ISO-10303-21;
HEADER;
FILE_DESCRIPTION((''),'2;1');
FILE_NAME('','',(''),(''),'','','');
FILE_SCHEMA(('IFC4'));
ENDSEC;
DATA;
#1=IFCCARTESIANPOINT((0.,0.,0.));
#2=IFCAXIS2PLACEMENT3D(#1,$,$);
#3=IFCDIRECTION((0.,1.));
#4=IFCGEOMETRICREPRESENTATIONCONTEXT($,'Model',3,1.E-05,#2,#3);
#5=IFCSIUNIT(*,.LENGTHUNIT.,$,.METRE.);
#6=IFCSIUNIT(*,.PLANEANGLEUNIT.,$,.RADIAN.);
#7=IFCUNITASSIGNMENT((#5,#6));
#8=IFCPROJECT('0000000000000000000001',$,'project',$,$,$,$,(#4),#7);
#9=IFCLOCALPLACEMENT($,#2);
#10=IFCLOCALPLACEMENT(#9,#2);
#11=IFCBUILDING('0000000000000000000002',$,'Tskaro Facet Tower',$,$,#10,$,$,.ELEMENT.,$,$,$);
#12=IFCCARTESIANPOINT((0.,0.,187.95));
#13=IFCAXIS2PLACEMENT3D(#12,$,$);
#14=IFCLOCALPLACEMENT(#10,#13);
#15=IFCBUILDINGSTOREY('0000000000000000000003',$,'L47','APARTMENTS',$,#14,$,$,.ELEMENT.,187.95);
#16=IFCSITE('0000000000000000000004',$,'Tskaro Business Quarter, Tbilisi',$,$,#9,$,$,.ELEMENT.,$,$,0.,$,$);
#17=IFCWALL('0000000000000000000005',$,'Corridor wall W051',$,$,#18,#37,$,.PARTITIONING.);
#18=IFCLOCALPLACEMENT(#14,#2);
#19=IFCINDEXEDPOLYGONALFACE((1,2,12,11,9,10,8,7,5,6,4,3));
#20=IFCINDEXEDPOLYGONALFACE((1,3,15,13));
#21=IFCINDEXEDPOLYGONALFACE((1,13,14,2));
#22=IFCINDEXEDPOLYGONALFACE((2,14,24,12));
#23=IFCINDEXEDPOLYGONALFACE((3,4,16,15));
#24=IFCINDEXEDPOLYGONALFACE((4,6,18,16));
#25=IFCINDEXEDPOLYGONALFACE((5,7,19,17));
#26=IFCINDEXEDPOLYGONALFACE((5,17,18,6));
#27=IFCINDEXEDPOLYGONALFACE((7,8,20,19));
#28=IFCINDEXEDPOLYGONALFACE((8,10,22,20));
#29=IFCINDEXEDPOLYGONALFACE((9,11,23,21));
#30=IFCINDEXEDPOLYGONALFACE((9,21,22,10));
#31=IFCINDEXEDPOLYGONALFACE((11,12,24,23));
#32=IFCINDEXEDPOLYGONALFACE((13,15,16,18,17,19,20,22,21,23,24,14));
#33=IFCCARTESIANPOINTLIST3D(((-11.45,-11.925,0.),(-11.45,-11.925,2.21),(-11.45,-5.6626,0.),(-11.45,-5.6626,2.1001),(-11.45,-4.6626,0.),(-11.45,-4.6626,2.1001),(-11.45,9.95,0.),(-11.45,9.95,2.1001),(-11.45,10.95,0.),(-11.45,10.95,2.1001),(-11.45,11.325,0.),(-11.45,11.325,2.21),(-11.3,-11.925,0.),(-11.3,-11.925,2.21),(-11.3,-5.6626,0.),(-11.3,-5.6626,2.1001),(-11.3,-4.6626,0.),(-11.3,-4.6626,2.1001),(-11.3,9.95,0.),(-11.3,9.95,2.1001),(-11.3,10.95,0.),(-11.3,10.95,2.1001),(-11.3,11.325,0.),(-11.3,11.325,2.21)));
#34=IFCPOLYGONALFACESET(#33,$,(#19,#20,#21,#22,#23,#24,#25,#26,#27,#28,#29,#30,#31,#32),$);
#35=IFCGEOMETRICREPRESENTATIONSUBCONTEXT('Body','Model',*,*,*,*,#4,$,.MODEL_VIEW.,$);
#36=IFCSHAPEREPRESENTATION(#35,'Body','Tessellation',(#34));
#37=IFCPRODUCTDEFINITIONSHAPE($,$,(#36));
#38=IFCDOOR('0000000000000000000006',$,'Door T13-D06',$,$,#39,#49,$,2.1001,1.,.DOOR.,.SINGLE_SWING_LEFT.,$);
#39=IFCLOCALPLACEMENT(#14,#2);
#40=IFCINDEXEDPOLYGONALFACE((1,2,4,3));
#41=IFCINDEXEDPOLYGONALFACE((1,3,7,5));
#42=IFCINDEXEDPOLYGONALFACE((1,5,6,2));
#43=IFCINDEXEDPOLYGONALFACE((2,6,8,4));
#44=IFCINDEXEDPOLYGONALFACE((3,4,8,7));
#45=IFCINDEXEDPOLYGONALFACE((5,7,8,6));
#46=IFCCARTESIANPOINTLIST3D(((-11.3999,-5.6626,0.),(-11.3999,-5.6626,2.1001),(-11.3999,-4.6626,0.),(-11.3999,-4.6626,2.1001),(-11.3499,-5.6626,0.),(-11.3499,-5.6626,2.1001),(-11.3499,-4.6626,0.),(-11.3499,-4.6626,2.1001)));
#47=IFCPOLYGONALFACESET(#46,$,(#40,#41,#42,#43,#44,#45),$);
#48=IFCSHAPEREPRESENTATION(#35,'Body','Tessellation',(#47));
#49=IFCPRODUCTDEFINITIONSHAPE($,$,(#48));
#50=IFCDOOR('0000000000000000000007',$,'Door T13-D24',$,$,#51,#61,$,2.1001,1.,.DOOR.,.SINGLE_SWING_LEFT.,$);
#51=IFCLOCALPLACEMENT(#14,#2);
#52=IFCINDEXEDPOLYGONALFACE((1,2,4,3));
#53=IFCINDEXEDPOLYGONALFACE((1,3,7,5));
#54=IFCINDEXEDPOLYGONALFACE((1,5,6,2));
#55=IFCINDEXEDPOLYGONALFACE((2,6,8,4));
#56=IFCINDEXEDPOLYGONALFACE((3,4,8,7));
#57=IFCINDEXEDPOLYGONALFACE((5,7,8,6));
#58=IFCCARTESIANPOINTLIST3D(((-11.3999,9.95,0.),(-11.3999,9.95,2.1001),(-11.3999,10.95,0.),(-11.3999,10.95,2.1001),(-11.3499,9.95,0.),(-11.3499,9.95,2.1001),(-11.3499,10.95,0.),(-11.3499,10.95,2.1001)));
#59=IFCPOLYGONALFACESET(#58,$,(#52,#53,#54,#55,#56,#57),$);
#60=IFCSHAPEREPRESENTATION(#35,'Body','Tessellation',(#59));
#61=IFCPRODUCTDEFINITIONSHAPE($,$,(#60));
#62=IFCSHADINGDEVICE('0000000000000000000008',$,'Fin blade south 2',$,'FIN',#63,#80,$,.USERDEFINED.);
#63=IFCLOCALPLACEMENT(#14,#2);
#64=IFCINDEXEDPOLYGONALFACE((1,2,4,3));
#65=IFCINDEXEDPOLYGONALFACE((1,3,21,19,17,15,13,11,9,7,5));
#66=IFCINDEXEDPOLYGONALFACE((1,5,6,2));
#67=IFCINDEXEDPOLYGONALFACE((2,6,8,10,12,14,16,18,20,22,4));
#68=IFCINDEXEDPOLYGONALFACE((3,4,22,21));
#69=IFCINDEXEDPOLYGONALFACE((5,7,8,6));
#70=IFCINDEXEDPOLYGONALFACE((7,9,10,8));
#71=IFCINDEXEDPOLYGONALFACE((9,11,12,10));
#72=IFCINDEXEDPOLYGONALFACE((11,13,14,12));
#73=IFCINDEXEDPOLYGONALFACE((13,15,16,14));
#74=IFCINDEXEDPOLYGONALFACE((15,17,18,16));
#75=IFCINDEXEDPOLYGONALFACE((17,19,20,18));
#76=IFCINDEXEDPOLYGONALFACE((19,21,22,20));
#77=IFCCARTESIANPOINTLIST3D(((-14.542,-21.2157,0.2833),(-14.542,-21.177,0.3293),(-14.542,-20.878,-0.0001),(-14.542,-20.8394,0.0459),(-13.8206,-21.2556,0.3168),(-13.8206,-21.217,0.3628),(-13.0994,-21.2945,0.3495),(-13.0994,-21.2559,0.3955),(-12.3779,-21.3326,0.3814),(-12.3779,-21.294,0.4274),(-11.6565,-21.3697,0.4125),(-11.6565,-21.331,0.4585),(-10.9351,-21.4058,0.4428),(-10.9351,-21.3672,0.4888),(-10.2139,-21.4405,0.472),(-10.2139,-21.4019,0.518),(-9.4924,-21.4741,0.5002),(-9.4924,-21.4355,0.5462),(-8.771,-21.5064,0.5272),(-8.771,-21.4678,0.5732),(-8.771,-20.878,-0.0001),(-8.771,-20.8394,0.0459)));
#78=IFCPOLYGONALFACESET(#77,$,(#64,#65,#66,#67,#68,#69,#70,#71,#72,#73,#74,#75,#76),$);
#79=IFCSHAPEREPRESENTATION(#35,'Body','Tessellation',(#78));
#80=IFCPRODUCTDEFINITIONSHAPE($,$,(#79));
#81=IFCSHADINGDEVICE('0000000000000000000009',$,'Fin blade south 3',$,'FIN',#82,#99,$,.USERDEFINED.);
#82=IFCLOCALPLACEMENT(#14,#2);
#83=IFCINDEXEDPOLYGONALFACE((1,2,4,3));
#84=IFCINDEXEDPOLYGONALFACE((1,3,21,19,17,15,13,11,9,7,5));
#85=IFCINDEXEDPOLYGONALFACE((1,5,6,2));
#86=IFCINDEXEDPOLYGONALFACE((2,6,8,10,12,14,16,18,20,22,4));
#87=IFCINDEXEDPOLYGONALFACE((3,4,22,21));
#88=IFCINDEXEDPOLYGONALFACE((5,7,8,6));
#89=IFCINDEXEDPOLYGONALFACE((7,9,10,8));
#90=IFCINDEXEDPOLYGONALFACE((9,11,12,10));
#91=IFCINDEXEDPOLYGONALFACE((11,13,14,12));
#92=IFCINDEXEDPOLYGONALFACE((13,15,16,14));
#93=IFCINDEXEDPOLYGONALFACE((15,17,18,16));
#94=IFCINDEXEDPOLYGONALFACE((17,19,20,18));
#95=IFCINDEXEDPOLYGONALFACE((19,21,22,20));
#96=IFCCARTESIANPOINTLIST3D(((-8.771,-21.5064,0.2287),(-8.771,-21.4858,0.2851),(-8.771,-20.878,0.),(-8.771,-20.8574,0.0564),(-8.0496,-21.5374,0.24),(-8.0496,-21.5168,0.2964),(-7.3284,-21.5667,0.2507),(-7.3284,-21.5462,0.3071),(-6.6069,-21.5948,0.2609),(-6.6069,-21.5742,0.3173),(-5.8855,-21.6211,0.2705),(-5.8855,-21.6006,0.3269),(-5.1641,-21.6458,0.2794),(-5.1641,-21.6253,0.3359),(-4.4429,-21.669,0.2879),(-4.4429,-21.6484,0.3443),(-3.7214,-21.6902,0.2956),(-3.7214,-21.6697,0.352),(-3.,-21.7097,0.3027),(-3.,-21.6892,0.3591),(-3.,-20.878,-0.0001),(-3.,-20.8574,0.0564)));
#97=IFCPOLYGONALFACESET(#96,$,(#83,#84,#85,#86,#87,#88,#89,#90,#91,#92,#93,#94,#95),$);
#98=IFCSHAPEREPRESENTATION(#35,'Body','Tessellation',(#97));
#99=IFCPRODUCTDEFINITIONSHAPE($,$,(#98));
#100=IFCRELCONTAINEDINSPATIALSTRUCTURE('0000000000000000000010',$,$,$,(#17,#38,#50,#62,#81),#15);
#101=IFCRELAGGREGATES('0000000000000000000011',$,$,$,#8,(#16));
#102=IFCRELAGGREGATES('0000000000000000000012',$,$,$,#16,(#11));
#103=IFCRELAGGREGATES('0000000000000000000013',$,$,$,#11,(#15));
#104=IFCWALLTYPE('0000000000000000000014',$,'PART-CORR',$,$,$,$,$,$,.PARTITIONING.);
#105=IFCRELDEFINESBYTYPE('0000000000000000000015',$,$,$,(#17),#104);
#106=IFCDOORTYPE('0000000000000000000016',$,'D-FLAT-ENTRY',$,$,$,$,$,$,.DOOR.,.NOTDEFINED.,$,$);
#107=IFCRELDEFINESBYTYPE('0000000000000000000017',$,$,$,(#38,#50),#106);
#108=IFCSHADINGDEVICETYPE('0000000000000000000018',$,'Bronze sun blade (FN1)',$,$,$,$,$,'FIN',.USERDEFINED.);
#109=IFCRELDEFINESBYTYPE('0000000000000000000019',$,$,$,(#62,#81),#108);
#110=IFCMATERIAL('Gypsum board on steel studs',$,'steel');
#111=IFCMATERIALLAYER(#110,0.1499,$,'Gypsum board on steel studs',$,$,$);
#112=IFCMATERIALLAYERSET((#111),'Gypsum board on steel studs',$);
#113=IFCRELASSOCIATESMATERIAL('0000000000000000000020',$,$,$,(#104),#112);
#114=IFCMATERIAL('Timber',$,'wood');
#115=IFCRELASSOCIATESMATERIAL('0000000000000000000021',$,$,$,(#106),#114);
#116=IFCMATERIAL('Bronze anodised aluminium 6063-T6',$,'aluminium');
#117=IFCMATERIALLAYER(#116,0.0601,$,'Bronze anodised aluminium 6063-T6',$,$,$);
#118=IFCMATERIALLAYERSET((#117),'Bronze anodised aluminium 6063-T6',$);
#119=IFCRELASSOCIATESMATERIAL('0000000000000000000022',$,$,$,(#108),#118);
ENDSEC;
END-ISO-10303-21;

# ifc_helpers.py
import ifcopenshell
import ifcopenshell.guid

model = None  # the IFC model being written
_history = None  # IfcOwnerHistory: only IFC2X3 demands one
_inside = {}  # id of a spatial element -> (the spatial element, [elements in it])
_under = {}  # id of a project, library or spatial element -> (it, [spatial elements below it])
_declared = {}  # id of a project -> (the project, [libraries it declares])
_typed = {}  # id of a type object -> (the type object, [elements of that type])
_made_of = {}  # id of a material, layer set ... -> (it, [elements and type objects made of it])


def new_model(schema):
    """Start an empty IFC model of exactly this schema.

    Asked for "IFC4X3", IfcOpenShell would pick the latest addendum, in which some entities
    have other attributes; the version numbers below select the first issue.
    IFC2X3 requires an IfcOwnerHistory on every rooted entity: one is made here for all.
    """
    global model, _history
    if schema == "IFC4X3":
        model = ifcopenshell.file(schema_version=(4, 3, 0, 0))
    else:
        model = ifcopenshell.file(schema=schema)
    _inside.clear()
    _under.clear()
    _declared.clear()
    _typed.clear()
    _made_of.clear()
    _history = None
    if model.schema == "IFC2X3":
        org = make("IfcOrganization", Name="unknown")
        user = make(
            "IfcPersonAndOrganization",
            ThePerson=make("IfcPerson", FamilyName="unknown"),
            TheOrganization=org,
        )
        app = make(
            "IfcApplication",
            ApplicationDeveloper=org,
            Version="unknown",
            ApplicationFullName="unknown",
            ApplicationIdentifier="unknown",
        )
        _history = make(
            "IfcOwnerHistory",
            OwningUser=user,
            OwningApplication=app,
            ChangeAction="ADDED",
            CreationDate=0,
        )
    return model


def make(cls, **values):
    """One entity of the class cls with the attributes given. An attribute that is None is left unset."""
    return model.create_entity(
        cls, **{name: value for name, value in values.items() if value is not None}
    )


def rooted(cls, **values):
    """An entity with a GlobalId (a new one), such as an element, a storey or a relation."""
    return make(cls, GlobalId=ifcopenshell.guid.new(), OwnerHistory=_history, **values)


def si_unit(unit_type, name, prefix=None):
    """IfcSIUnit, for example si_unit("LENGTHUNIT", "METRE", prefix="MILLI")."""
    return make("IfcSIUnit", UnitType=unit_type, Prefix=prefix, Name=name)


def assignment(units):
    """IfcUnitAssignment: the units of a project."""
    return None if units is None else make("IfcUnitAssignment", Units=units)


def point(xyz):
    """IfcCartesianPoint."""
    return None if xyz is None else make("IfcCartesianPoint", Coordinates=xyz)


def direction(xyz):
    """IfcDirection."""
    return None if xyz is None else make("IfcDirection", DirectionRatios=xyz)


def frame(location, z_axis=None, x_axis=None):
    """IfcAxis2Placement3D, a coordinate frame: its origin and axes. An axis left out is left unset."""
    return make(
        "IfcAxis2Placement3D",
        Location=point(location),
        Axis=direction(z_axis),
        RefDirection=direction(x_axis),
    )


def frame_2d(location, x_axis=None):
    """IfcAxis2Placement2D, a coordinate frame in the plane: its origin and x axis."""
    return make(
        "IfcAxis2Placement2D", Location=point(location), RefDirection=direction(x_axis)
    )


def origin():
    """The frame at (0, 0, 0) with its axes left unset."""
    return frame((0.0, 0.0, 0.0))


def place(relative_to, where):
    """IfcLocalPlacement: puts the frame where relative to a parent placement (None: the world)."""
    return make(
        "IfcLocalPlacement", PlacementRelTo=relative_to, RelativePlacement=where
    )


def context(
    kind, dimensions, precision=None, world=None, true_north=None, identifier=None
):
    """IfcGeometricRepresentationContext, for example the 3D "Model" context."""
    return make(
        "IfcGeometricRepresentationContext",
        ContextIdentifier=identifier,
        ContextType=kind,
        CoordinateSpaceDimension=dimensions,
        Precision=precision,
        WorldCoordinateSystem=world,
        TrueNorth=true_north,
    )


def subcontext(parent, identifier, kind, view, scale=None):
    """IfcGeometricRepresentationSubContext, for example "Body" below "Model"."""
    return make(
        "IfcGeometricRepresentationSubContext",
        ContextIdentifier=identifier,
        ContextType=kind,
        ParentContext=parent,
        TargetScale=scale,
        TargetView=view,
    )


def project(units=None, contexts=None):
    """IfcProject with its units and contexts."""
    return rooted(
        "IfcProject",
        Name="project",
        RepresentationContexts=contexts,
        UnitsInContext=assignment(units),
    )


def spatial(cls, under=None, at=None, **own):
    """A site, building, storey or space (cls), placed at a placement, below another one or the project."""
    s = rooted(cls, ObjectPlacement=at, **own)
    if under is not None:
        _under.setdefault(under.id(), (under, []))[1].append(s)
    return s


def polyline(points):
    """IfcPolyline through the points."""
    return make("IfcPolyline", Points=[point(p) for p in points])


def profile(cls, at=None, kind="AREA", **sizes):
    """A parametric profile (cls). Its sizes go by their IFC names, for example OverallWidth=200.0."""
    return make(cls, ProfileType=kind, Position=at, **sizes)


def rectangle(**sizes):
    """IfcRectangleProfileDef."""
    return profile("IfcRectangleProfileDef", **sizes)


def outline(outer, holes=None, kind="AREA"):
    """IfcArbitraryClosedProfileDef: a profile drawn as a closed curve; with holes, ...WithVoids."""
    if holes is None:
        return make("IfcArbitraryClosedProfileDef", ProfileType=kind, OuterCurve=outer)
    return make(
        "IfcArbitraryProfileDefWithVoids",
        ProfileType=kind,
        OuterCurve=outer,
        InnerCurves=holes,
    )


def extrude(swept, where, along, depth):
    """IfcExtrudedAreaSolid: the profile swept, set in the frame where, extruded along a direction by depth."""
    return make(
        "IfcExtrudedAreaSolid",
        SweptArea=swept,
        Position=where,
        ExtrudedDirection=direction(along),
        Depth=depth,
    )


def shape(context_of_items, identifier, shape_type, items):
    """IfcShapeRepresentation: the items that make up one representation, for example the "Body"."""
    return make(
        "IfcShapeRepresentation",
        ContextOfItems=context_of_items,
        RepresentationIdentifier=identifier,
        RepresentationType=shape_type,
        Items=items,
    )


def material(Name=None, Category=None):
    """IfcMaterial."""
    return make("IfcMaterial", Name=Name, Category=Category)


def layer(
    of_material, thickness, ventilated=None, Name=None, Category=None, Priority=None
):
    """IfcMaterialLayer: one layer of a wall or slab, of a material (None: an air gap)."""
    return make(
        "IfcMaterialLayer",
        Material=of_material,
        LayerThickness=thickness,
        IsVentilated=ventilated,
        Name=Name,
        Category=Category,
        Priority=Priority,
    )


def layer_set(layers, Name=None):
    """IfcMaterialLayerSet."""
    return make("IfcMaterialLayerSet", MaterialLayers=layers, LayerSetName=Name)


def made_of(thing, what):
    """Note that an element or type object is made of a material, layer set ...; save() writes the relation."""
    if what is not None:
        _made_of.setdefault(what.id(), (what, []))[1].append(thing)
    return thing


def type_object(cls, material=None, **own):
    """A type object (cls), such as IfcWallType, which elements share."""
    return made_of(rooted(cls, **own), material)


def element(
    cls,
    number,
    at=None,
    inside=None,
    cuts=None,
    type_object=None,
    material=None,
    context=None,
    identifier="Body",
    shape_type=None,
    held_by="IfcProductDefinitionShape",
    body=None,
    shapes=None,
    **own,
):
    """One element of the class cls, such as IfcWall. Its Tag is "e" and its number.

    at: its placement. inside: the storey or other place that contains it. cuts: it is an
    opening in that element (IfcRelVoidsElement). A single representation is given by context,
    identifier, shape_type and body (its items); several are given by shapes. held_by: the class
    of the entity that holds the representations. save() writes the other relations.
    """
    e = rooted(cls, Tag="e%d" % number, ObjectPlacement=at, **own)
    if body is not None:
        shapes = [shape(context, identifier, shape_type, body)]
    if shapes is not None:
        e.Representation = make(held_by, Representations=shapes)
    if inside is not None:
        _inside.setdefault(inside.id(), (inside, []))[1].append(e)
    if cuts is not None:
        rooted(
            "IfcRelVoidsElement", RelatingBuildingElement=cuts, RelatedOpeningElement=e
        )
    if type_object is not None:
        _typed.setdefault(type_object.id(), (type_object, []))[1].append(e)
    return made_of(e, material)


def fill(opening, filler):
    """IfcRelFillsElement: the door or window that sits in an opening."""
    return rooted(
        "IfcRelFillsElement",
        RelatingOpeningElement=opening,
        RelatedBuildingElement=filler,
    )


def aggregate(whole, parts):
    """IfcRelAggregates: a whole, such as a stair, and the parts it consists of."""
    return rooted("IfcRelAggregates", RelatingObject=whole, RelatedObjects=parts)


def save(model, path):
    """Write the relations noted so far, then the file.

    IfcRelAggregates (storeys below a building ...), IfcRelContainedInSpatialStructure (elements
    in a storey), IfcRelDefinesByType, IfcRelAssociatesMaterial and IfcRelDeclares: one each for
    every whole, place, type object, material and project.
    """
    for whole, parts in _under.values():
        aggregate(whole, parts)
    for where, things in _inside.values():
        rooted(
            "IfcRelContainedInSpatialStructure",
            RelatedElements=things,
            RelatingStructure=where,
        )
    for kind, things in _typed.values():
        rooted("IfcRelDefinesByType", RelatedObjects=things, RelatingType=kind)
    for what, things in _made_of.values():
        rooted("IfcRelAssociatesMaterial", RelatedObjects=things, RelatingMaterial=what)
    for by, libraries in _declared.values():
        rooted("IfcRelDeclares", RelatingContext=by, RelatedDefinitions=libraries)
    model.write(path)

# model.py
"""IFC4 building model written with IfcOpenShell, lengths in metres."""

from ifc_helpers import new_model, si_unit, direction, frame, frame_2d, origin, place, context, subcontext, project, spatial, polyline, rectangle, outline, extrude, material, layer, layer_set, type_object, element, fill, save


model = new_model("IFC4")

# Units and contexts
model_context = context("Model", 3, precision=1e-05, world=origin(), true_north=direction((0.0, 1.0)))
body_context = subcontext(model_context, "Body", "Model", "MODEL_VIEW")
ifc_project = project(units=[si_unit("LENGTHUNIT", "METRE"), si_unit("PLANEANGLEUNIT", "RADIAN")], contexts=[model_context])

# Site, building, storey
site_placement = place(None, origin())
site = spatial("IfcSite", under=ifc_project, at=site_placement, Name="Tskaro Business Quarter, Tbilisi", CompositionType="ELEMENT", RefElevation=0.0)
building_placement = place(site_placement, origin())
building = spatial("IfcBuilding", under=site, at=building_placement, Name="Tskaro Facet Tower", CompositionType="ELEMENT")
storey_placement = place(building_placement, frame((0.0, 0.0, 187.95)))
storey = spatial("IfcBuildingStorey", under=building, at=storey_placement, Name="L47", Description="APARTMENTS", CompositionType="ELEMENT", Elevation=187.95)

# Shared definitions
ifc_material_1 = material(Name="Bronze anodised aluminium 6063-T6", Category="aluminium")

# Shared definitions
ifc_material_2 = material(Name="Gypsum board on steel studs", Category="steel")
ifc_material_3 = material(Name="Timber", Category="wood")

# Shared definitions
ifc_layer_1 = layer(ifc_material_2, 0.1499, Name="Gypsum board on steel studs")
ifc_layer_set_1 = layer_set([ifc_layer_1], Name="Gypsum board on steel studs")
wall_type_1 = type_object("IfcWallType", Name="PART-CORR", PredefinedType="PARTITIONING", material=ifc_layer_set_1)

# Wall, openings, doors
wall_1_placement = place(storey_placement, frame((-11.375, -11.925, 0.0), z_axis=(0.0, 0.0, 1.0), x_axis=(0.0, 1.0, 0.0)))
wall_1 = element("IfcWall", 1, at=wall_1_placement, inside=storey, type_object=wall_type_1, Name="Corridor wall W051", PredefinedType="PARTITIONING", context=body_context, shape_type="SweptSolid", body=[
    extrude(rectangle(XDim=23.25, YDim=0.1499, at=frame_2d((11.625, 0.0))), origin(), (0.0, 0.0, 1.0), 2.21),
])
opening_1_placement = place(wall_1_placement, frame((6.2625, 0.0, 0.0)))
opening_1 = element("IfcOpeningElement", 2, at=opening_1_placement, cuts=wall_1, PredefinedType="OPENING", context=body_context, shape_type="SweptSolid", body=[
    extrude(rectangle(XDim=1.0, YDim=2.1001, at=frame_2d((0.5, 1.05))), frame((0.0, 0.085, 0.0), z_axis=(0.0, -1.0, 0.0), x_axis=(1.0, 0.0, 0.0)), (0.0, 0.0, 1.0), 0.1699),
])
opening_2_placement = place(wall_1_placement, frame((21.875, 0.0, 0.0)))
opening_2 = element("IfcOpeningElement", 3, at=opening_2_placement, cuts=wall_1, PredefinedType="OPENING", context=body_context, shape_type="SweptSolid", body=[
    extrude(rectangle(XDim=1.0, YDim=2.1001, at=frame_2d((0.5, 1.05))), frame((0.0, 0.085, 0.0), z_axis=(0.0, -1.0, 0.0), x_axis=(1.0, 0.0, 0.0)), (0.0, 0.0, 1.0), 0.1699),
])
door_type_1 = type_object("IfcDoorType", Name="D-FLAT-ENTRY", OperationType="NOTDEFINED", PredefinedType="DOOR", material=ifc_material_3)
door_1_placement = place(opening_1_placement, origin())
door_1 = element("IfcDoor", 4, at=door_1_placement, inside=storey, type_object=door_type_1, Name="Door T13-D06", OperationType="SINGLE_SWING_LEFT", OverallHeight=2.1001, OverallWidth=1.0, PredefinedType="DOOR", context=body_context, shape_type="SweptSolid", body=[
    extrude(rectangle(XDim=1.0, YDim=2.1001, at=frame_2d((0.5, 1.05))), frame((0.0, 0.0249, 0.0), z_axis=(0.0, -1.0, 0.0), x_axis=(1.0, 0.0, 0.0)), (0.0, 0.0, 1.0), 0.05),
])
fill(opening_1, door_1)
door_2_placement = place(opening_2_placement, origin())
door_2 = element("IfcDoor", 5, at=door_2_placement, inside=storey, type_object=door_type_1, Name="Door T13-D24", OperationType="SINGLE_SWING_LEFT", OverallHeight=2.1001, OverallWidth=1.0, PredefinedType="DOOR", context=body_context, shape_type="SweptSolid", body=[
    extrude(rectangle(XDim=1.0, YDim=2.1001, at=frame_2d((0.5, 1.05))), frame((0.0, 0.0249, 0.0), z_axis=(0.0, -1.0, 0.0), x_axis=(1.0, 0.0, 0.0)), (0.0, 0.0, 1.0), 0.05),
])
fill(opening_2, door_2)

# Shading devices
ifc_layer_2 = layer(ifc_material_1, 0.0601, Name="Bronze anodised aluminium 6063-T6")
ifc_layer_set_2 = layer_set([ifc_layer_2], Name="Bronze anodised aluminium 6063-T6")
shading_device_type = type_object("IfcShadingDeviceType", Name="Bronze sun blade (FN1)", ElementType="FIN", PredefinedType="USERDEFINED", material=ifc_layer_set_2)
shading_device_1_placement = place(storey_placement, frame((-14.542, -20.8394, 0.0459), z_axis=(0.000007, 0.642841, 0.766), x_axis=(1.0, -0.000005, -0.000006)))
element("IfcShadingDevice", 6, at=shading_device_1_placement, inside=storey, type_object=shading_device_type, Name="Fin blade south 2", ObjectType="FIN", PredefinedType="USERDEFINED", context=body_context, shape_type="SweptSolid", body=[
    extrude(outline(polyline([(0.0, 0.0), (5.771, 0.0), (5.771, -0.8204), (5.0496, -0.7783), (4.3281, -0.7344), (3.6069, -0.689), (2.8855, -0.6419), (2.1641, -0.5935), (1.4426, -0.5438), (0.7214, -0.493), (0.0, -0.4408), (0.0, 0.0)])), origin(), (0.0, 0.0, -1.0), 0.0601),
])
shading_device_2_placement = place(storey_placement, frame((-8.771, -20.8574, 0.0564), z_axis=(0.000005, 0.342047, 0.939683), x_axis=(1.0, -0.000002, -0.000004)))
element("IfcShadingDevice", 7, at=shading_device_2_placement, inside=storey, type_object=shading_device_type, Name="Fin blade south 3", ObjectType="FIN", PredefinedType="USERDEFINED", context=body_context, shape_type="SweptSolid", body=[
    extrude(outline(polyline([(0.0, 0.0), (5.771, 0.0), (5.771, -0.8852), (5.0496, -0.8644), (4.3281, -0.8418), (3.6069, -0.8171), (2.8855, -0.7909), (2.1641, -0.7628), (1.4426, -0.7329), (0.7214, -0.7017), (0.0, -0.6688), (0.0, 0.0)])), origin(), (0.0, 0.0, -1.0), 0.0601),
])

save(model, "model.ifc")
